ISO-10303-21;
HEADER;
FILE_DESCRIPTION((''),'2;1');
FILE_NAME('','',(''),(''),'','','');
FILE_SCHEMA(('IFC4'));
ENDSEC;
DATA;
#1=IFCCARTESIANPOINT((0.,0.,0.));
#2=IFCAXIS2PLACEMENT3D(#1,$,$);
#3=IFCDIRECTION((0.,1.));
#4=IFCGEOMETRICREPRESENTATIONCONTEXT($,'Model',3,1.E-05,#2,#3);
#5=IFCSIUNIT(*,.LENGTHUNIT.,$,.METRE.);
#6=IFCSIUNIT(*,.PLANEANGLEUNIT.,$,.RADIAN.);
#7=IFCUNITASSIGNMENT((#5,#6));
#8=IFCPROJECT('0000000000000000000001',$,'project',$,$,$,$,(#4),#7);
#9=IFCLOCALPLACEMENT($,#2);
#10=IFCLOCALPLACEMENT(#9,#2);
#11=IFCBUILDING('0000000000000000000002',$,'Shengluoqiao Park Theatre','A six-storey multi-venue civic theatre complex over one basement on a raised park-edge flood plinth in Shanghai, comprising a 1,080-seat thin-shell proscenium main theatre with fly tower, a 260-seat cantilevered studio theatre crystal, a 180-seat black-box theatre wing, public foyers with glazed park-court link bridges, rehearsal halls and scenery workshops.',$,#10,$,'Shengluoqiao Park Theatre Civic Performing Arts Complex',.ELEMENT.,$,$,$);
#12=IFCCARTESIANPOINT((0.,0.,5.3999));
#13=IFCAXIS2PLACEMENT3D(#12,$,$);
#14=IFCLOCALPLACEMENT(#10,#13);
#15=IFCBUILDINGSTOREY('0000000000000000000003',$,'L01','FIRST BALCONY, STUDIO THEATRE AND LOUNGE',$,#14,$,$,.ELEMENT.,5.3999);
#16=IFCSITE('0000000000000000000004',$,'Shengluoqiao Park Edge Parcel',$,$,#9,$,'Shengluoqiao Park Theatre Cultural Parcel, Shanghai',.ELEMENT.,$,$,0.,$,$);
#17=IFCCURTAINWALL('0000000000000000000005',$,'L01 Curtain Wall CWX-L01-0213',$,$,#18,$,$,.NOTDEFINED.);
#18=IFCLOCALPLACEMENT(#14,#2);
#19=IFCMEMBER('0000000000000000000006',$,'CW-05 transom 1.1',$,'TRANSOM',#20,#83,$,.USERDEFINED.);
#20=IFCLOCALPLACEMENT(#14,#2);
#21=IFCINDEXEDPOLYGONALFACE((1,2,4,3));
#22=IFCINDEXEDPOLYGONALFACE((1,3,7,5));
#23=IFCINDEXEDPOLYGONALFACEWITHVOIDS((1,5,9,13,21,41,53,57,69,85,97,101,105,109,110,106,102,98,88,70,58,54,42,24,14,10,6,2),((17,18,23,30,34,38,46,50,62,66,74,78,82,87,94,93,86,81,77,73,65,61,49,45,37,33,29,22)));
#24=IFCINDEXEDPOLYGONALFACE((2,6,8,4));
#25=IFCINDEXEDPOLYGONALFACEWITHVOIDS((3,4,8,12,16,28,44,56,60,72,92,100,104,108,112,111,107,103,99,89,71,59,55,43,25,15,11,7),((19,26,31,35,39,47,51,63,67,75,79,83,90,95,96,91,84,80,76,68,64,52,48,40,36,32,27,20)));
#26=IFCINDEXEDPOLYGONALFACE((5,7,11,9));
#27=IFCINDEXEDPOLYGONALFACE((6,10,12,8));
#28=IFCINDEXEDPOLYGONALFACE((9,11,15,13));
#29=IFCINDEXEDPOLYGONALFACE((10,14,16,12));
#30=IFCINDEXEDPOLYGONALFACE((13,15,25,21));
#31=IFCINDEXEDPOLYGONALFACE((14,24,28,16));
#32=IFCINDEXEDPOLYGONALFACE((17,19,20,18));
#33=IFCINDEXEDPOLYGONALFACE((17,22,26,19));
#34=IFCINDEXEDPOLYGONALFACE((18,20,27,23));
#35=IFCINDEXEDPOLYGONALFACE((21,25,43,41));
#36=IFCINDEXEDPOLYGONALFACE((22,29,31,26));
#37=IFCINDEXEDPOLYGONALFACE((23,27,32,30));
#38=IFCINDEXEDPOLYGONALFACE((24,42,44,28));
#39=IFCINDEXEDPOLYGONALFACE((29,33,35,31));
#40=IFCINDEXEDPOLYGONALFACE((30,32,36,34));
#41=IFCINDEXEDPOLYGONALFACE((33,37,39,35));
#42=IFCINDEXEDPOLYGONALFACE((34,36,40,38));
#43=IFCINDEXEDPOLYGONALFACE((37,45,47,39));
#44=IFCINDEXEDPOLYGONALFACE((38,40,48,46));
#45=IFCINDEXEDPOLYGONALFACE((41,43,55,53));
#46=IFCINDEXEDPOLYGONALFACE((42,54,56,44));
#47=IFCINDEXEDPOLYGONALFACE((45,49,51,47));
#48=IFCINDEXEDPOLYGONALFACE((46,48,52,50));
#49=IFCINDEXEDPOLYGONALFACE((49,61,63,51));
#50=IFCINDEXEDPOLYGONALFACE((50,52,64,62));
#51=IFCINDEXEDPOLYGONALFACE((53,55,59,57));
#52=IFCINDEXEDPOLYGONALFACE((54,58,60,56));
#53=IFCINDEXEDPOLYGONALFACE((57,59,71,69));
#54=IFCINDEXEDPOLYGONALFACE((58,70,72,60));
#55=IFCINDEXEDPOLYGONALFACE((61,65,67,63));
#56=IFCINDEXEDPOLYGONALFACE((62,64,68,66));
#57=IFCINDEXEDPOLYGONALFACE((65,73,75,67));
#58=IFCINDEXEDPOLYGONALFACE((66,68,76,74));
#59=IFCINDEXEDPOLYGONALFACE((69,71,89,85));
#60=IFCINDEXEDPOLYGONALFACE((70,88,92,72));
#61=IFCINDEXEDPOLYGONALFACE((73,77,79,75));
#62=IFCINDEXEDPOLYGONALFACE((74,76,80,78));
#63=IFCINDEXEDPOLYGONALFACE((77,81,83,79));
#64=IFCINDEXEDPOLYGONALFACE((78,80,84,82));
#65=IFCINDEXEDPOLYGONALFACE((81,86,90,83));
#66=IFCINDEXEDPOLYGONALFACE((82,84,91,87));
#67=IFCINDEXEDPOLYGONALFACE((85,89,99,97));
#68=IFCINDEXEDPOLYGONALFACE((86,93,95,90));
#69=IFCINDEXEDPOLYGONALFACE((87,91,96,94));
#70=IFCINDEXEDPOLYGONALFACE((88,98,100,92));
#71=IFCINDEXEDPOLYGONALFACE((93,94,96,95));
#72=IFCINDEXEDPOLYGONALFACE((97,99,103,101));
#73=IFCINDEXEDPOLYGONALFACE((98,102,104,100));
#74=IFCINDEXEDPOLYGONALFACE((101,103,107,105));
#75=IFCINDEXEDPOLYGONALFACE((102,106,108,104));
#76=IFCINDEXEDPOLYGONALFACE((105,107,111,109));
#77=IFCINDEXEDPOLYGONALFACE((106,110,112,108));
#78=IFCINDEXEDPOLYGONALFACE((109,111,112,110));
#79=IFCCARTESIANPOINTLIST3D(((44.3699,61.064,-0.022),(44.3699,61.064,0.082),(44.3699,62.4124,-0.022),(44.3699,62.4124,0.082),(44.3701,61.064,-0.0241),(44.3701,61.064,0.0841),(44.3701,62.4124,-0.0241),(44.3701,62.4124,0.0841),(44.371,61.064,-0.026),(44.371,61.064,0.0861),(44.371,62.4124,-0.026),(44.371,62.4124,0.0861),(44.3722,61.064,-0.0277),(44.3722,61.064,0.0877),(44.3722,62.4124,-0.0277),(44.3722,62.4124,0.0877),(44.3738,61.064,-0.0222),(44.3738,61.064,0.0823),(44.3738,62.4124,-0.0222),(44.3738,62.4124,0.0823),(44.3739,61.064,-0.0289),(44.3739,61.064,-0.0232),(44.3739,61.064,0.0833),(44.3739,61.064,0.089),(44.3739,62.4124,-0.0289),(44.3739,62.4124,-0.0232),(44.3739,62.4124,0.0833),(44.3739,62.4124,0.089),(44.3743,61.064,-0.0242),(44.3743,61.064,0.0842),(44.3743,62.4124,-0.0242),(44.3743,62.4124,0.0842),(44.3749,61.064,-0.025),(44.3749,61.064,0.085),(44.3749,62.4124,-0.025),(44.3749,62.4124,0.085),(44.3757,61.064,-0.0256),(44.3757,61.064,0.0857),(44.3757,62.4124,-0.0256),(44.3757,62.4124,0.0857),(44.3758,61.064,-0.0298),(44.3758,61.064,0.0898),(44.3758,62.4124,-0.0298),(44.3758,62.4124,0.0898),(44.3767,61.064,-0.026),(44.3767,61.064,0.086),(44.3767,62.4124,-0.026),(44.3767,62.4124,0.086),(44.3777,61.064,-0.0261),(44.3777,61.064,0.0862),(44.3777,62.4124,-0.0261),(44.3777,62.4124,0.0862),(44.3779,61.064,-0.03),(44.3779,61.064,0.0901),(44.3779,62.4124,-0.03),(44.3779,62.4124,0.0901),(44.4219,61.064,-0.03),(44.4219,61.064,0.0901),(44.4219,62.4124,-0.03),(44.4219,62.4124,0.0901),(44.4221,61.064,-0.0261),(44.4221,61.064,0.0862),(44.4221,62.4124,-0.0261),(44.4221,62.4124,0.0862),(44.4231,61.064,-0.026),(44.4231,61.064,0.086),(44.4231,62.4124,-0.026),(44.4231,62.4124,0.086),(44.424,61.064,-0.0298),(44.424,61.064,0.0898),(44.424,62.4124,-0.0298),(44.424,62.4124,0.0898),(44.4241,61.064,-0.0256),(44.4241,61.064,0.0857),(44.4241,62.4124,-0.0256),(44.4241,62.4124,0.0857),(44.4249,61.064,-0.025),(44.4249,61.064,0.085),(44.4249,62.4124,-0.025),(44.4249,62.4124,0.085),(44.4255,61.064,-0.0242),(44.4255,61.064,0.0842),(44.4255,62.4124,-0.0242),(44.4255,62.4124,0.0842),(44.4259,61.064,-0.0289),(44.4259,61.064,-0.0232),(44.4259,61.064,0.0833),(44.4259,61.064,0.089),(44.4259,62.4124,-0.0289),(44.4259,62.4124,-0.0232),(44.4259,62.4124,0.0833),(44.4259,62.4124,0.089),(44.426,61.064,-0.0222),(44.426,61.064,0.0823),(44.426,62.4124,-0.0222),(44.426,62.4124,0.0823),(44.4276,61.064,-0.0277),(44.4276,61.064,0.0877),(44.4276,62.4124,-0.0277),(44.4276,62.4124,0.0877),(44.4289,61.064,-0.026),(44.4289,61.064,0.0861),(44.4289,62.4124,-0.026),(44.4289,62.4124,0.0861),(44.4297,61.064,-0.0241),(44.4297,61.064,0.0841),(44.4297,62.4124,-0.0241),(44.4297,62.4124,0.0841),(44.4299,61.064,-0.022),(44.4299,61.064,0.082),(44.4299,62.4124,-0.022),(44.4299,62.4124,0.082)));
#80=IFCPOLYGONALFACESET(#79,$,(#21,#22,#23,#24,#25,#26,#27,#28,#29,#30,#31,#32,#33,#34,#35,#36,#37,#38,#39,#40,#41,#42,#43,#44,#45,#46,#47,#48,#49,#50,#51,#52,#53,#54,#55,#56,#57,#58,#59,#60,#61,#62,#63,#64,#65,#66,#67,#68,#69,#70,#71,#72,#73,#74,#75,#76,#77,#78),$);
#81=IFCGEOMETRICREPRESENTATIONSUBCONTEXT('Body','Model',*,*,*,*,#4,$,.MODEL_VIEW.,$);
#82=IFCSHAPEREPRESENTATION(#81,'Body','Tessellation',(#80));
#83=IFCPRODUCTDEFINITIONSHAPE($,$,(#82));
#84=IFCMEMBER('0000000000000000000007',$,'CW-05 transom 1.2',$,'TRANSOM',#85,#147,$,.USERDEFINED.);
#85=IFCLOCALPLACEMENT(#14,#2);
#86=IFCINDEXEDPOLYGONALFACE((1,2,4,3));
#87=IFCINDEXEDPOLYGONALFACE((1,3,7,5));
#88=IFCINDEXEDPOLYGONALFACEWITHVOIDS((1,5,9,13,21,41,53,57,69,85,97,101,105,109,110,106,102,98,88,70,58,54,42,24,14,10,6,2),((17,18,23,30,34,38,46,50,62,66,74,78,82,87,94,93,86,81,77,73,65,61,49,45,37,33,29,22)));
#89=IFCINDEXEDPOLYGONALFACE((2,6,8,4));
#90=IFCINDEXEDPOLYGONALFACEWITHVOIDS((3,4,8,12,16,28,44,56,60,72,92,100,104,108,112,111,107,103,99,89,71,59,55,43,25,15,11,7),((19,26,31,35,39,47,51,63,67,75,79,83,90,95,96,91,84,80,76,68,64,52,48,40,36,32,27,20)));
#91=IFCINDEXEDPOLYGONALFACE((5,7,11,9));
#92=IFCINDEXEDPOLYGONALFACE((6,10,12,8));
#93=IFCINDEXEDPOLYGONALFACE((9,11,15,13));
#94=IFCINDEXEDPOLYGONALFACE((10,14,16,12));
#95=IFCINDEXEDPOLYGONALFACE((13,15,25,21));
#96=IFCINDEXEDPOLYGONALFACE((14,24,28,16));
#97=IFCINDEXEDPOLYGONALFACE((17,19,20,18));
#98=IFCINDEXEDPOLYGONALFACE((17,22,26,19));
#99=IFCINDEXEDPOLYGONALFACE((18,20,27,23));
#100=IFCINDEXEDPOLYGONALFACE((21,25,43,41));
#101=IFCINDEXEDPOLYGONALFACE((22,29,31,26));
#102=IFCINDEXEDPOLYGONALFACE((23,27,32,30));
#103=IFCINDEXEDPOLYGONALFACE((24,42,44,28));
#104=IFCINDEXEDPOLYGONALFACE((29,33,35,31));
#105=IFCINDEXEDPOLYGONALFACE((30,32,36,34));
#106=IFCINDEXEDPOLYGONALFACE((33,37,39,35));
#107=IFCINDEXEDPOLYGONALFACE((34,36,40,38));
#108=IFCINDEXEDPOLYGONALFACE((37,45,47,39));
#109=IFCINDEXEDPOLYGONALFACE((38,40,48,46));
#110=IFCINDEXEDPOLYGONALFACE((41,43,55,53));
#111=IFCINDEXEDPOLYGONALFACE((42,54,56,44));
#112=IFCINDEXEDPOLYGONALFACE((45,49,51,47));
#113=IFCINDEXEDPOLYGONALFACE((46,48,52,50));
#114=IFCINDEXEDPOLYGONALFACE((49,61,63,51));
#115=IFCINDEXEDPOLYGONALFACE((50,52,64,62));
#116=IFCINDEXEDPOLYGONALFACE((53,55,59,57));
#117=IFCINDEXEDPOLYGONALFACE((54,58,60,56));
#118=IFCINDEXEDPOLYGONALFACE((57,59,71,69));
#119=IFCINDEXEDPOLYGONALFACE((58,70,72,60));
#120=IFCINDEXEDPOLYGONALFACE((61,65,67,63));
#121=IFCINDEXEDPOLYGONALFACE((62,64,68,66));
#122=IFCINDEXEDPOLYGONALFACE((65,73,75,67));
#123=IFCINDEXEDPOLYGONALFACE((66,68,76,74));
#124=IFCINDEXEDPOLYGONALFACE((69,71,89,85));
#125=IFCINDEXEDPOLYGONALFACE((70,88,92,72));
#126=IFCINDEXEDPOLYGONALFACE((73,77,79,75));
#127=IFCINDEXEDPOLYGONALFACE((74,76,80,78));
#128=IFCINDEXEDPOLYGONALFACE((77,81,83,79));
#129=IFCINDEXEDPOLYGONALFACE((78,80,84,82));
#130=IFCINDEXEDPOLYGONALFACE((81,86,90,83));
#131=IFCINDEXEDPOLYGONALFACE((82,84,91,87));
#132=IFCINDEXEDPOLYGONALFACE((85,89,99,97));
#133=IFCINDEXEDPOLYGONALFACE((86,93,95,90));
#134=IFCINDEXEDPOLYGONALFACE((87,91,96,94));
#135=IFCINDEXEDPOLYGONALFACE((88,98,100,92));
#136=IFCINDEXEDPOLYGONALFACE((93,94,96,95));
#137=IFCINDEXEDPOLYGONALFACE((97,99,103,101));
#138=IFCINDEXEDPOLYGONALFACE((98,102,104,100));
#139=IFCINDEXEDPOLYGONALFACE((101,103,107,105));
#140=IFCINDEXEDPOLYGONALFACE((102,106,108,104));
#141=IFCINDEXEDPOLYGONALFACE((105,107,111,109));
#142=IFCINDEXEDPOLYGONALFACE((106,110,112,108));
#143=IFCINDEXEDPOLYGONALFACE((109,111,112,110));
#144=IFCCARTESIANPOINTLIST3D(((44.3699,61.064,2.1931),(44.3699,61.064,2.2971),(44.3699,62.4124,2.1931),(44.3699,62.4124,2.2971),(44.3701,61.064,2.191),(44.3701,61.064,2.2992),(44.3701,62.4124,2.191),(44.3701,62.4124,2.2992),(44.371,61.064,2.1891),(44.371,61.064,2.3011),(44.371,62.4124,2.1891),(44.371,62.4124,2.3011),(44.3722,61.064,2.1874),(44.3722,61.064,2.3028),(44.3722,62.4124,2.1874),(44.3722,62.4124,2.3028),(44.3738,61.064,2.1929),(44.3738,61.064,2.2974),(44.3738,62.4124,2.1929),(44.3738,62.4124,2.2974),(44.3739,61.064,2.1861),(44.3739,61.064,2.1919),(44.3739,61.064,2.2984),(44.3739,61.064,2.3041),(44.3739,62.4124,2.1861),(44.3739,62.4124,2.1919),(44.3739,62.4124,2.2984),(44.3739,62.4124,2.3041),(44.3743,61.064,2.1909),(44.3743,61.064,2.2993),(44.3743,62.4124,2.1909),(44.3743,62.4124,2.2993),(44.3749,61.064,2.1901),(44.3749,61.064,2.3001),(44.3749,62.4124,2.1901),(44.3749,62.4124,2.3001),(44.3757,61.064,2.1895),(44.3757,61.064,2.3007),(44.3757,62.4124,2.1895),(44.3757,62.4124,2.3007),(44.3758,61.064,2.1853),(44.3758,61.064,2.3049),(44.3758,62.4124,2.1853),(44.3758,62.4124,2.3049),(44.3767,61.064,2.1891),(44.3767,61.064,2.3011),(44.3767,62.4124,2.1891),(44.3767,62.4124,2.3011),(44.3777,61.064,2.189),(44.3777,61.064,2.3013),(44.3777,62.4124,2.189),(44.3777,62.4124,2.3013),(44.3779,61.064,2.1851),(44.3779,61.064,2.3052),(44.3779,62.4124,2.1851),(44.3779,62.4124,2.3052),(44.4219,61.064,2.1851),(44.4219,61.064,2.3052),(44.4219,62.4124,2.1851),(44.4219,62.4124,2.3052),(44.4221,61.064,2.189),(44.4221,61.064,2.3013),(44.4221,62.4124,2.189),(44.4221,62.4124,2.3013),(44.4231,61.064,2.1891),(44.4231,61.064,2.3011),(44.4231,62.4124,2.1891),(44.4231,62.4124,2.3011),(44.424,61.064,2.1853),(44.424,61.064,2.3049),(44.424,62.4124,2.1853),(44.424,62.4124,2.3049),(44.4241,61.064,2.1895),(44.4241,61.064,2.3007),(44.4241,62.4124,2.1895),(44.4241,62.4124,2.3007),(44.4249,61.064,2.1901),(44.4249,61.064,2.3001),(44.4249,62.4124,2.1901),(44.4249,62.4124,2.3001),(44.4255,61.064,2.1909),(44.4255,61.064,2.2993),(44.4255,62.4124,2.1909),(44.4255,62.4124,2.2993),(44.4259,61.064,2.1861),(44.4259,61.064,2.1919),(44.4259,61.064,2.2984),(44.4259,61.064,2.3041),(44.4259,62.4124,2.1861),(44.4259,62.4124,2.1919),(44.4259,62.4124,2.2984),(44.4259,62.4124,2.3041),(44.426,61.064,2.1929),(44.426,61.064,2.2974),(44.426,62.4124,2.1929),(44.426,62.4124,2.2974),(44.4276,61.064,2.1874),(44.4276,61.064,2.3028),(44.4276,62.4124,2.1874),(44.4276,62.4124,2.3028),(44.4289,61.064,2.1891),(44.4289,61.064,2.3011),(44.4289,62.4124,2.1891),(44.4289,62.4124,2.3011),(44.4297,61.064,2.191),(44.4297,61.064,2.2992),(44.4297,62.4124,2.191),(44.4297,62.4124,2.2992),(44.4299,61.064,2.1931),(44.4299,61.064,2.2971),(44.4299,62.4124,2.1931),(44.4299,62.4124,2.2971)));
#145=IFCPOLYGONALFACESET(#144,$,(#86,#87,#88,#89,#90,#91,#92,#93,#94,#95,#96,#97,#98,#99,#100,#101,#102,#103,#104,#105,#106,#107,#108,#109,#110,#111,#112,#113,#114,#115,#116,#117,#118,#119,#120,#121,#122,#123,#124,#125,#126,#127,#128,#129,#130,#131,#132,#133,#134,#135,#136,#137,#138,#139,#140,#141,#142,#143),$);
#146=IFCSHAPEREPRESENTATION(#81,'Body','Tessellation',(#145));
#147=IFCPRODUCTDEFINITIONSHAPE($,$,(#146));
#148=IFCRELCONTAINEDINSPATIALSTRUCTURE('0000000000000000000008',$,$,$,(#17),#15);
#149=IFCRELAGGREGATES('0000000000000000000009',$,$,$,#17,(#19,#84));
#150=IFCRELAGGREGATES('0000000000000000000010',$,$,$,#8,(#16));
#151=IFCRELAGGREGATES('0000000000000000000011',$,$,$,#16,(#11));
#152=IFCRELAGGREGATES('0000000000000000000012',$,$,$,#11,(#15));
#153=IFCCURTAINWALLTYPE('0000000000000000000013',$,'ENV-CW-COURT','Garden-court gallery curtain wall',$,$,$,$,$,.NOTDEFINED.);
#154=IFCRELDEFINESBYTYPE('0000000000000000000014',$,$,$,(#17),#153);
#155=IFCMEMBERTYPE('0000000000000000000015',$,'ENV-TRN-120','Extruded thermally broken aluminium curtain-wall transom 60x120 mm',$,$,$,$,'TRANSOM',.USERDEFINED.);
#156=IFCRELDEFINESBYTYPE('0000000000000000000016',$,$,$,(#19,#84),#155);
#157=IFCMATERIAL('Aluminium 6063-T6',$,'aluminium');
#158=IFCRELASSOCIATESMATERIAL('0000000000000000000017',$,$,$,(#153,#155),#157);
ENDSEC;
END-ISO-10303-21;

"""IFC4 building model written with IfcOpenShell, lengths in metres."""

from ifc_helpers import new_model, si_unit, direction, frame, origin, origin_2d, place, context, subcontext, project, spatial, hollow_rectangle, extrude, material, material_profile, profile_set, type_object, element, aggregate, save


model = new_model("IFC4")

# Units and contexts
model_context = context("Model", 3, precision=1e-05, world=origin(), true_north=direction((0.0, 1.0)))
body_context = subcontext(model_context, "Body", "Model", "MODEL_VIEW")
ifc_project = project(units=[si_unit("LENGTHUNIT", "METRE"), si_unit("PLANEANGLEUNIT", "RADIAN")], contexts=[model_context])

# Site, building, storey
site_placement = place(None, origin())
site = spatial("IfcSite", under=ifc_project, at=site_placement, Name="Shengluoqiao Park Edge Parcel", LongName="Shengluoqiao Park Theatre Cultural Parcel, Shanghai", CompositionType="ELEMENT", RefElevation=0.0)
building_placement = place(site_placement, origin())
building = spatial("IfcBuilding", under=site, at=building_placement, Name="Shengluoqiao Park Theatre", Description="A six-storey multi-venue civic theatre complex over one basement on a raised park-edge flood plinth in Shanghai, comprising a 1,080-seat thin-shell proscenium main theatre with fly tower, a 260-seat cantilevered studio theatre crystal, a 180-seat black-box theatre wing, public foyers with glazed park-court link bridges, rehearsal halls and scenery workshops.", LongName="Shengluoqiao Park Theatre Civic Performing Arts Complex", CompositionType="ELEMENT")
storey_placement = place(building_placement, frame((0.0, 0.0, 5.3999)))
storey = spatial("IfcBuildingStorey", under=building, at=storey_placement, Name="L01", Description="FIRST BALCONY, STUDIO THEATRE AND LOUNGE", CompositionType="ELEMENT", Elevation=5.3999)

# Curtain wall, members
ifc_material_1 = material(Name="Aluminium 6063-T6", Category="aluminium")
curtain_wall_type = type_object("IfcCurtainWallType", Name="ENV-CW-COURT", Description="Garden-court gallery curtain wall", PredefinedType="NOTDEFINED", material=ifc_material_1)
curtain_wall_placement = place(storey_placement, origin())
curtain_wall = element("IfcCurtainWall", 1, at=curtain_wall_placement, inside=storey, type_object=curtain_wall_type, Name="L01 Curtain Wall CWX-L01-0213", PredefinedType="NOTDEFINED")
ifc_material_profile_1 = material_profile(ifc_material_1, hollow_rectangle(XDim=0.0601, YDim=0.1201, WallThickness=0.0039, InnerFilletRadius=0.0039, OuterFilletRadius=0.0081, at=origin_2d()), Name="ALU TRANSOM 120x60x4")
ifc_profile_set_1 = profile_set([ifc_material_profile_1], Name="Aluminium 6063-T6")
member_type_1 = type_object("IfcMemberType", Name="ENV-TRN-120", Description="Extruded thermally broken aluminium curtain-wall transom 60x120 mm", ElementType="TRANSOM", PredefinedType="USERDEFINED", material=ifc_profile_set_1)
member_1_placement = place(storey_placement, frame((44.3999, 61.064, 0.03), z_axis=(0.0, 1.0, 0.0), x_axis=(-1.0, 0.0, 0.0)))
member_1 = element("IfcMember", 2, at=member_1_placement, type_object=member_type_1, Name="CW-05 transom 1.1", ObjectType="TRANSOM", PredefinedType="USERDEFINED", context=body_context, shape_type="SweptSolid", body=[
    extrude(hollow_rectangle(XDim=0.0601, YDim=0.1201, WallThickness=0.0039, InnerFilletRadius=0.0039, OuterFilletRadius=0.0081, at=origin_2d()), origin(), (0.0, 0.0, 1.0), 1.3484),
])
member_2_placement = place(storey_placement, frame((44.3999, 61.064, 2.2451), z_axis=(0.0, 1.0, 0.0), x_axis=(-1.0, 0.0, 0.0)))
member_2 = element("IfcMember", 3, at=member_2_placement, type_object=member_type_1, Name="CW-05 transom 1.2", ObjectType="TRANSOM", PredefinedType="USERDEFINED", context=body_context, shape_type="SweptSolid", body=[
    extrude(hollow_rectangle(XDim=0.0601, YDim=0.1201, WallThickness=0.0039, InnerFilletRadius=0.0039, OuterFilletRadius=0.0081, at=origin_2d()), origin(), (0.0, 0.0, 1.0), 1.3484),
])

aggregate(curtain_wall, [member_1, member_2])

save(model, "model.ifc")
